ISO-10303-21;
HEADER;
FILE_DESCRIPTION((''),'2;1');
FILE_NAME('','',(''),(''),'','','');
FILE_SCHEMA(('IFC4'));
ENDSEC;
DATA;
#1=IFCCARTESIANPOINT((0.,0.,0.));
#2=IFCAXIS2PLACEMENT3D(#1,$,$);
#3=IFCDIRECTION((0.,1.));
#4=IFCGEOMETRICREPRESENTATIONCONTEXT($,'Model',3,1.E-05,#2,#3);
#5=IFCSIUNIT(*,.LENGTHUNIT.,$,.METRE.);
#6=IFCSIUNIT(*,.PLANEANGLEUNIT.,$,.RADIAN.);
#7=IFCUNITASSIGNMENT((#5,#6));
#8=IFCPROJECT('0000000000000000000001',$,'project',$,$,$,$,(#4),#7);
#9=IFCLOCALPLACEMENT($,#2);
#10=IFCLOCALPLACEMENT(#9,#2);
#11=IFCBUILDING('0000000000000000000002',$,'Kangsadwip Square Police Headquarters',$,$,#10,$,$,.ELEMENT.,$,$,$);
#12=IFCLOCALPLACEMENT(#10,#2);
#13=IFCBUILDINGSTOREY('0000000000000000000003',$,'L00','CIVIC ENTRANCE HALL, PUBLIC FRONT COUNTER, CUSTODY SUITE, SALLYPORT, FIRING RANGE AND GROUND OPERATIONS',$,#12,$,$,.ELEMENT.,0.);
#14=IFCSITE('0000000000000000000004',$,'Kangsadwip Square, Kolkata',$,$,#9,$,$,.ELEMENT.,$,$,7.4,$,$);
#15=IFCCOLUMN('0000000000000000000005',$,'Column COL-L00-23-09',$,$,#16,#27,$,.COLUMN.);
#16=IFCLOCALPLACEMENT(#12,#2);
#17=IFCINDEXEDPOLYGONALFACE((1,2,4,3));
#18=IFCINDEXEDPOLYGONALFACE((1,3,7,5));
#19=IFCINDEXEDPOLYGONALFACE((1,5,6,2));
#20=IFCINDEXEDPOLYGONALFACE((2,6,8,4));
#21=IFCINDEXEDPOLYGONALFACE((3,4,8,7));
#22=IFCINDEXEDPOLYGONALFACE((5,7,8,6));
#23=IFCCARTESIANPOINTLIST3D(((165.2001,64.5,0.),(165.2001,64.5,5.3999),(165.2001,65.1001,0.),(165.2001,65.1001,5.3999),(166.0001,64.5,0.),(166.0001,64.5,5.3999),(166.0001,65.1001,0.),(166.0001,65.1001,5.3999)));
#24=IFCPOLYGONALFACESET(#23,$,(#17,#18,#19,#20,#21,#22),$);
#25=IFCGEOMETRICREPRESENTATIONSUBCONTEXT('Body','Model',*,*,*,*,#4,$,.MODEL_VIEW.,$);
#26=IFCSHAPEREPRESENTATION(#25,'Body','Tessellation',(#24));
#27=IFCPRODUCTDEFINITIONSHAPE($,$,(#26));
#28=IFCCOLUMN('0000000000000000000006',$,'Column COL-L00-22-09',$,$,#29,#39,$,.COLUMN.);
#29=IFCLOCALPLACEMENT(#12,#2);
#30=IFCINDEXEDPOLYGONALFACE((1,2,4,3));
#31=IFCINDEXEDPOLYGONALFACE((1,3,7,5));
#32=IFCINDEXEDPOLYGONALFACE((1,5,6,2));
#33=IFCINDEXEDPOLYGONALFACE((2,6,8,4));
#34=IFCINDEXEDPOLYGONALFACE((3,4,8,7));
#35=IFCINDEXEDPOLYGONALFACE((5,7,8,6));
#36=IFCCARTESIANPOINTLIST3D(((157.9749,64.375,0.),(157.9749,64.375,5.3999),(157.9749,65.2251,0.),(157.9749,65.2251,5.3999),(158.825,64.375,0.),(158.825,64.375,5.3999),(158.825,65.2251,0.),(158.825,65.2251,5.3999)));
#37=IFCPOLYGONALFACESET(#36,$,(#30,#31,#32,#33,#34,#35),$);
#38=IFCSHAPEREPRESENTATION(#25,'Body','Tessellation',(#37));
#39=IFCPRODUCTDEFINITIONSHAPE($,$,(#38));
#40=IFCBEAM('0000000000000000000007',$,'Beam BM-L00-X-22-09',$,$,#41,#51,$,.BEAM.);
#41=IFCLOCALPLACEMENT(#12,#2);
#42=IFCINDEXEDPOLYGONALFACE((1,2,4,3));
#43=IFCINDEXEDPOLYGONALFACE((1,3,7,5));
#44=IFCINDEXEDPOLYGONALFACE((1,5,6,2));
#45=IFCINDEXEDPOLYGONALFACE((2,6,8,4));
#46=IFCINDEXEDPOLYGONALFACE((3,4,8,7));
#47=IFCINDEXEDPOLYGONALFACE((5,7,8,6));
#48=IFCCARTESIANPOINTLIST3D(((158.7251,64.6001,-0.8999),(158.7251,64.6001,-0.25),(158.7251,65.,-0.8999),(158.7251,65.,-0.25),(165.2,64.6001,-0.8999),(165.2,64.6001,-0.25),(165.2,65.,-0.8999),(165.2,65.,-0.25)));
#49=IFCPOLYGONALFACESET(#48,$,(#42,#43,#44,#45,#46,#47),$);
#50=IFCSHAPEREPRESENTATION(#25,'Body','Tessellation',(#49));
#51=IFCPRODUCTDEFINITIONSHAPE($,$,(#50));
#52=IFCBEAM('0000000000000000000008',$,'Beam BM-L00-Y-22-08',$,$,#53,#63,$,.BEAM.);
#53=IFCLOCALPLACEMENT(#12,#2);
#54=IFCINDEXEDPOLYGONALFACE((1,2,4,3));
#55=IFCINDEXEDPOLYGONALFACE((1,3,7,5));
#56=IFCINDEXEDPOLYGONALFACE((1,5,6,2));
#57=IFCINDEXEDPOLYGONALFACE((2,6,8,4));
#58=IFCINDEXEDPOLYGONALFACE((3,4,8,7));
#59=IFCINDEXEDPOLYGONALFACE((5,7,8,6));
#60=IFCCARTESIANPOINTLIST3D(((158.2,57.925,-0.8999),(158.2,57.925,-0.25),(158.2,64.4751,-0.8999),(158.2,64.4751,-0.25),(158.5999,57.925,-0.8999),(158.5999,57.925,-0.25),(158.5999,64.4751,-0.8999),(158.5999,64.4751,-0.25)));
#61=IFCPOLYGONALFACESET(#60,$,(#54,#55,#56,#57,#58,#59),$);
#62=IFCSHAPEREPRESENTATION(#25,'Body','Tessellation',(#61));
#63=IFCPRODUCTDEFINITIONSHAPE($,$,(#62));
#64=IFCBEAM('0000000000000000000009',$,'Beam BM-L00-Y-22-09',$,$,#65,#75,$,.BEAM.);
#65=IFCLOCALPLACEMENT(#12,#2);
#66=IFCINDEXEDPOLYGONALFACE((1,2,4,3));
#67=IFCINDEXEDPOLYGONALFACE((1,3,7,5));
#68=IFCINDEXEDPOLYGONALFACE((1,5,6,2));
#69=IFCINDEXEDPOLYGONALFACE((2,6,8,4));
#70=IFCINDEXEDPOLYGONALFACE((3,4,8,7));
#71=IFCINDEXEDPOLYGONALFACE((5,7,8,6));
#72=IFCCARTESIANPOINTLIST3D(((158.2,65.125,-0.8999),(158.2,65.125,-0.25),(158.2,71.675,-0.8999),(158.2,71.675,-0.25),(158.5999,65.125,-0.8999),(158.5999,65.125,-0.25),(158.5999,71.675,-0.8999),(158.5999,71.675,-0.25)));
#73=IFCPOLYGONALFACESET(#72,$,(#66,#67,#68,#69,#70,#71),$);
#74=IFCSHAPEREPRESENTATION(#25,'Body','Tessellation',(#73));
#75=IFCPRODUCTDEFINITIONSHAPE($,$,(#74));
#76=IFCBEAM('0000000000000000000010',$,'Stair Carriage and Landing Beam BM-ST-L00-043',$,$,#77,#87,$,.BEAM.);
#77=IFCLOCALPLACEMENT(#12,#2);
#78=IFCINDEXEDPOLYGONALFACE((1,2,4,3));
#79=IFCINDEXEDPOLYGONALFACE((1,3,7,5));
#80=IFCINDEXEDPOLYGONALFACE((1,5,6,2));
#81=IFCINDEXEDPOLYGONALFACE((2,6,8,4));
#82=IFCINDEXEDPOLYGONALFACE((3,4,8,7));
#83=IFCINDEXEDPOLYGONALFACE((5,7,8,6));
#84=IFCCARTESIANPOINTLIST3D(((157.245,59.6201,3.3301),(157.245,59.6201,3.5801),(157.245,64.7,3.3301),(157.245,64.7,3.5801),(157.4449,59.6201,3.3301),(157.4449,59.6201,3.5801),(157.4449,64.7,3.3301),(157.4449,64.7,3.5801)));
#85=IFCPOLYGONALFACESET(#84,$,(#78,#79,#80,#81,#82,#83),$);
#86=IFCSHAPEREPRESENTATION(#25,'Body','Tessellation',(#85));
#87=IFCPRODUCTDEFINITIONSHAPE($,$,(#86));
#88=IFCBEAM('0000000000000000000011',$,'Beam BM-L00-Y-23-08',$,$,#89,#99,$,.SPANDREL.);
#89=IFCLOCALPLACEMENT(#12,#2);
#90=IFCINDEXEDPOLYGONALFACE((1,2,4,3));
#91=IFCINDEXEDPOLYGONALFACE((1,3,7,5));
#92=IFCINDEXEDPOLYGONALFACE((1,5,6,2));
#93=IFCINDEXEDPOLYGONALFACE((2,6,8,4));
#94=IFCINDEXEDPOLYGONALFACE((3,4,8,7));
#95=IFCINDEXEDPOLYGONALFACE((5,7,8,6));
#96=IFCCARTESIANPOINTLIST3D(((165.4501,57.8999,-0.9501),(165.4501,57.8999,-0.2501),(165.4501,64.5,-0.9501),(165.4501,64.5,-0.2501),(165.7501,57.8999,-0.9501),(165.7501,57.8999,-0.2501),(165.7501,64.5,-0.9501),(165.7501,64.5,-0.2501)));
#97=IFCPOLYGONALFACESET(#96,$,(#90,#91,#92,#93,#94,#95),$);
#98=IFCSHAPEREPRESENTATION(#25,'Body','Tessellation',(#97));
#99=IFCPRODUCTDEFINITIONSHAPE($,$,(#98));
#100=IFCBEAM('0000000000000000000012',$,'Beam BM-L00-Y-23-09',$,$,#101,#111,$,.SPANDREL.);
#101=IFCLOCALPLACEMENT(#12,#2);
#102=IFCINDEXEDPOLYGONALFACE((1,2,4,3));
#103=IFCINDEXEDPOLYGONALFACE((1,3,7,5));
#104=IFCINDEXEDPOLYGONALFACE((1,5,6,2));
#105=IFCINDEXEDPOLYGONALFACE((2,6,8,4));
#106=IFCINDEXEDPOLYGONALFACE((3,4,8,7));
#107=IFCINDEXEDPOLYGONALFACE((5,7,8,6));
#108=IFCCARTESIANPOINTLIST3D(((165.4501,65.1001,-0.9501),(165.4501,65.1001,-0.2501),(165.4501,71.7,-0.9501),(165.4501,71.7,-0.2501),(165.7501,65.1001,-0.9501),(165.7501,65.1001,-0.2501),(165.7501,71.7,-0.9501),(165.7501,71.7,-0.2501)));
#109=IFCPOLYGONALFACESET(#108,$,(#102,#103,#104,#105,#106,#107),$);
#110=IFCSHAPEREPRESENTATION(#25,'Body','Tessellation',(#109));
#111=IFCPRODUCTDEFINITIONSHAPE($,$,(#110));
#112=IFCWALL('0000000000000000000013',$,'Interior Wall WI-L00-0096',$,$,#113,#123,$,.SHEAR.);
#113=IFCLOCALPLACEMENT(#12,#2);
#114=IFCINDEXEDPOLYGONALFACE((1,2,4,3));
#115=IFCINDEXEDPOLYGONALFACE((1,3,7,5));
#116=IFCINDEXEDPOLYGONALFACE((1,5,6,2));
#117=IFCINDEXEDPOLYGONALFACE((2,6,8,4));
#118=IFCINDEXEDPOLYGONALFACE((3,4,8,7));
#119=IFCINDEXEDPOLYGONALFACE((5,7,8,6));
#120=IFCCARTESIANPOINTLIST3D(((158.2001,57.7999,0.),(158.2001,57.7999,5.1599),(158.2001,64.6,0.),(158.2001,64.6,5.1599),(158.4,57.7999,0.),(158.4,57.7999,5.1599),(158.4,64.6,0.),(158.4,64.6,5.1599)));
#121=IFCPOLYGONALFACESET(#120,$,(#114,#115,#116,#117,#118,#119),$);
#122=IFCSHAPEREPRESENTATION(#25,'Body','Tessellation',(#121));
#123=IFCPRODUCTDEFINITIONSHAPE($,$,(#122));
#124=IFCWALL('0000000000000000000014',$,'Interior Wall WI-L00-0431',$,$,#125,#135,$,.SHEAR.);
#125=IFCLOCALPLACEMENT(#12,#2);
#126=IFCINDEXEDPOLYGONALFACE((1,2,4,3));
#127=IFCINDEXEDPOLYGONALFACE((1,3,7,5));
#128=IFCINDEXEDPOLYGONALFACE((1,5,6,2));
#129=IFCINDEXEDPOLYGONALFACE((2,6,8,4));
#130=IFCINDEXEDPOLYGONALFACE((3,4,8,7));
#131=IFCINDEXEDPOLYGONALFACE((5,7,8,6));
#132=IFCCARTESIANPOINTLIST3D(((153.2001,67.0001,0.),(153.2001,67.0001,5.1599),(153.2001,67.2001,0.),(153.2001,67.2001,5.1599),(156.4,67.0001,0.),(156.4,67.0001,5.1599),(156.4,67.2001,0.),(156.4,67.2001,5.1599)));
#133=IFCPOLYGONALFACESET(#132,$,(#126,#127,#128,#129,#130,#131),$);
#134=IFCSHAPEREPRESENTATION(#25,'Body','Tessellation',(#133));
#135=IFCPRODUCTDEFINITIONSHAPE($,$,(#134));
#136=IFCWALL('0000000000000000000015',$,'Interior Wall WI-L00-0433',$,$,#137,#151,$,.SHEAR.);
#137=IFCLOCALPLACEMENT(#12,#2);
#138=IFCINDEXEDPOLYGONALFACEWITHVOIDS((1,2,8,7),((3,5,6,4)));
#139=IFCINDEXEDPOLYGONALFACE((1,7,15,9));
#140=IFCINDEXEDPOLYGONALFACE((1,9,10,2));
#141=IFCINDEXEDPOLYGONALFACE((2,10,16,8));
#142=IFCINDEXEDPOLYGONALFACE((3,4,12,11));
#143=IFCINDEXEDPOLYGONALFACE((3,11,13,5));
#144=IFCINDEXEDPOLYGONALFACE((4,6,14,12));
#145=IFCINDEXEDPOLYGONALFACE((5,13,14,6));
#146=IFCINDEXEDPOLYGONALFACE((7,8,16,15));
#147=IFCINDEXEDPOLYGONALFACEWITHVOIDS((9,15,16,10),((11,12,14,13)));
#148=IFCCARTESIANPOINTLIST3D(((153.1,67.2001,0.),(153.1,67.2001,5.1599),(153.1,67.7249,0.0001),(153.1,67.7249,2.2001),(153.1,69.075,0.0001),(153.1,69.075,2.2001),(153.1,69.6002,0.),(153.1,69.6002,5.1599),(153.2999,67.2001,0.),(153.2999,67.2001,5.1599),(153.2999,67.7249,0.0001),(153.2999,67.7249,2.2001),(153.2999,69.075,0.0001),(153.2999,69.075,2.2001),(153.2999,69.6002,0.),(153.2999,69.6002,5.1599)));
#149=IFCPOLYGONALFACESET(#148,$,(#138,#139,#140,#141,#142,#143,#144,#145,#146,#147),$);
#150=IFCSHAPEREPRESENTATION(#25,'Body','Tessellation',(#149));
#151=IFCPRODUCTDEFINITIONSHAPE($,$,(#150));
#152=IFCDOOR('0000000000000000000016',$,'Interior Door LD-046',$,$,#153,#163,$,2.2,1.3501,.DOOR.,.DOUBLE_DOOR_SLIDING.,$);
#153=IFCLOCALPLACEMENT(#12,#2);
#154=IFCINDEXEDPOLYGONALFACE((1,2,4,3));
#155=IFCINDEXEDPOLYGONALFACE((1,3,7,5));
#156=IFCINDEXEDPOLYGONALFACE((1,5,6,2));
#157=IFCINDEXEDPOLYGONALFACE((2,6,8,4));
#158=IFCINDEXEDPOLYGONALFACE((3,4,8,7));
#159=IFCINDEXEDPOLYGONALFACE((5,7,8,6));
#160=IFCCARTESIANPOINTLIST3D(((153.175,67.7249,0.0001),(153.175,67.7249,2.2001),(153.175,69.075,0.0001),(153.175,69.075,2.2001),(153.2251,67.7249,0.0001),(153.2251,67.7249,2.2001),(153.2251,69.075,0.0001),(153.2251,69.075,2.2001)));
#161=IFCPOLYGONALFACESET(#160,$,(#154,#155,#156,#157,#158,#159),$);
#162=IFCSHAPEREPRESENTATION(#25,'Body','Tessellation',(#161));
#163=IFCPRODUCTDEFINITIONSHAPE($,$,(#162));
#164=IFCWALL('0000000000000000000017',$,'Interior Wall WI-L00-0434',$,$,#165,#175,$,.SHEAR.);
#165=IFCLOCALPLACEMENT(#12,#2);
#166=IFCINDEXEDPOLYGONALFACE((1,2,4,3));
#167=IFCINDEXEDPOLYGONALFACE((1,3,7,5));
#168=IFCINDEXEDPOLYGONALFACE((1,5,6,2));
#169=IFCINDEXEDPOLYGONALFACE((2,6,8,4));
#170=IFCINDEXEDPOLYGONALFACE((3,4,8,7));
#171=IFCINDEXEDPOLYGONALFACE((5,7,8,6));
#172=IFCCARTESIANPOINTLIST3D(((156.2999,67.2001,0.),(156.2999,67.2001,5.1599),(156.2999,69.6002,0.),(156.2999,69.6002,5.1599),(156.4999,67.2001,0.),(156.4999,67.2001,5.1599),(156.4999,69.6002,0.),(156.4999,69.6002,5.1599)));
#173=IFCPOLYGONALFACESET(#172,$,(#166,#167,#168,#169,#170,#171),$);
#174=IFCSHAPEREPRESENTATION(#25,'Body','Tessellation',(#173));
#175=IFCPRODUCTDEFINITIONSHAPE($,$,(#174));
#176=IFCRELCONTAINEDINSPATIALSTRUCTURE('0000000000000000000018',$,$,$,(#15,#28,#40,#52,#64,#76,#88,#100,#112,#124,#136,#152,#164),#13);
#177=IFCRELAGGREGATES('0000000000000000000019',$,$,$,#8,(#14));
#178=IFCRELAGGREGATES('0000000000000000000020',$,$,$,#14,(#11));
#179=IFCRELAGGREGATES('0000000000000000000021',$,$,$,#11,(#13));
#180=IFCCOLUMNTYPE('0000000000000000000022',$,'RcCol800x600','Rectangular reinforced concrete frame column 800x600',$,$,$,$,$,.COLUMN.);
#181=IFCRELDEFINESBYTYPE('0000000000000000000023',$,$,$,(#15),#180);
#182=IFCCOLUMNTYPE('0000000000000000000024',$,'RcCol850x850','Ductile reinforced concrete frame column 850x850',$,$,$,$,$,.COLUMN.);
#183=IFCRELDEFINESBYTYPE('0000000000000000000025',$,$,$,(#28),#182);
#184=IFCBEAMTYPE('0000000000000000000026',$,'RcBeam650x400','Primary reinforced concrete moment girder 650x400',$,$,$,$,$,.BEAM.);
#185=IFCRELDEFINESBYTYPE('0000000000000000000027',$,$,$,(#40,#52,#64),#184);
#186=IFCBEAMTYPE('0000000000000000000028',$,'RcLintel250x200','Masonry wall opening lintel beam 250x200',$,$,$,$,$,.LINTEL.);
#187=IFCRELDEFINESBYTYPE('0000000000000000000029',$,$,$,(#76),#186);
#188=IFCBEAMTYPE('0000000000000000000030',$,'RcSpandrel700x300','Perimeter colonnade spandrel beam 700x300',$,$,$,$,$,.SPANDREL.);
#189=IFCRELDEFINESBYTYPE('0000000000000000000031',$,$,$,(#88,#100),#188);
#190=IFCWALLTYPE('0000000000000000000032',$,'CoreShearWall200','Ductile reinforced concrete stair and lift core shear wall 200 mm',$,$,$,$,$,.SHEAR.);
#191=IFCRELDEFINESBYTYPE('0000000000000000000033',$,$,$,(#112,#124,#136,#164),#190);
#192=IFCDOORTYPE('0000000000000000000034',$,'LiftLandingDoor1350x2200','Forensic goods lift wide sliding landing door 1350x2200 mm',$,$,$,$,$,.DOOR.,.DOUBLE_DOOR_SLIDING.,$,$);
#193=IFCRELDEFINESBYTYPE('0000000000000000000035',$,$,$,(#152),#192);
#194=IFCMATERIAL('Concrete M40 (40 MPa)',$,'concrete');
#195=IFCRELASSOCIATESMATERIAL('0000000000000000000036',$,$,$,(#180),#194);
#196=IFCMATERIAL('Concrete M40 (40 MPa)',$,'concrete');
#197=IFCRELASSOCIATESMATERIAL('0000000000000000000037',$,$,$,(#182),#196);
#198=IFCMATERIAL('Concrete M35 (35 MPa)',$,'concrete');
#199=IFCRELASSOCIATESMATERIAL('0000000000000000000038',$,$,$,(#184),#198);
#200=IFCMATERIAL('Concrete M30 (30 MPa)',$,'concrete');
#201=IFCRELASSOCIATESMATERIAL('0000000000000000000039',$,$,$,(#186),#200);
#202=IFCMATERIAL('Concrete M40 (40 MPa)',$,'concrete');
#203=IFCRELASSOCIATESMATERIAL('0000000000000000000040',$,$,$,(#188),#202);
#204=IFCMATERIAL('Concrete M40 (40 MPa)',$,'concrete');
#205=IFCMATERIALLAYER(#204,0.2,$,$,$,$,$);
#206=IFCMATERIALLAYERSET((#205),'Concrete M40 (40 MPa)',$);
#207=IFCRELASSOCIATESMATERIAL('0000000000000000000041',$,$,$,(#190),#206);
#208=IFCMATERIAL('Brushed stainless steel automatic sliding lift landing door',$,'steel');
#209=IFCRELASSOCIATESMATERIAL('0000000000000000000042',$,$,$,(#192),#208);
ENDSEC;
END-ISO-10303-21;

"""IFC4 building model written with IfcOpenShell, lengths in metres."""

from ifc_helpers import new_model, si_unit, direction, frame, frame_2d, origin, origin_2d, place, context, subcontext, project, spatial, rectangle, extrude, material, layer, layer_set, material_profile, profile_set, type_object, element, fill, save


model = new_model("IFC4")

# Units and contexts
model_context = context("Model", 3, precision=1e-05, world=origin(), true_north=direction((0.0, 1.0)))
body_context = subcontext(model_context, "Body", "Model", "MODEL_VIEW")
ifc_project = project(units=[si_unit("LENGTHUNIT", "METRE"), si_unit("PLANEANGLEUNIT", "RADIAN")], contexts=[model_context])

# Site, building, storey
site_placement = place(None, origin())
site = spatial("IfcSite", under=ifc_project, at=site_placement, Name="Kangsadwip Square, Kolkata", CompositionType="ELEMENT", RefElevation=7.4)
building_placement = place(site_placement, origin())
building = spatial("IfcBuilding", under=site, at=building_placement, Name="Kangsadwip Square Police Headquarters", CompositionType="ELEMENT")
storey_placement = place(building_placement, origin())
storey = spatial("IfcBuildingStorey", under=building, at=storey_placement, Name="L00", Description="CIVIC ENTRANCE HALL, PUBLIC FRONT COUNTER, CUSTODY SUITE, SALLYPORT, FIRING RANGE AND GROUND OPERATIONS", CompositionType="ELEMENT", Elevation=0.0)

# Columns
ifc_material_1 = material(Name="Concrete M40 (40 MPa)", Category="concrete")
ifc_material_profile_1 = material_profile(ifc_material_1, rectangle(XDim=0.6001, YDim=0.8, at=origin_2d()), Name="RC COL 800X600")
ifc_profile_set_1 = profile_set([ifc_material_profile_1], Name="Concrete M40 (40 MPa)")
column_type_1 = type_object("IfcColumnType", Name="RcCol800x600", Description="Rectangular reinforced concrete frame column 800x600", PredefinedType="COLUMN", material=ifc_profile_set_1)
column_1_placement = place(storey_placement, frame((165.6001, 64.8, 0.0), z_axis=(0.0, 0.0, 1.0), x_axis=(0.0, 1.0, 0.0)))
element("IfcColumn", 1, at=column_1_placement, inside=storey, type_object=column_type_1, Name="Column COL-L00-23-09", PredefinedType="COLUMN", context=body_context, shape_type="SweptSolid", body=[
    extrude(rectangle(XDim=0.6001, YDim=0.8, at=origin_2d()), origin(), (0.0, 0.0, 1.0), 5.3999),
])
ifc_material_2 = material(Name="Concrete M40 (40 MPa)", Category="concrete")
ifc_material_profile_2 = material_profile(ifc_material_2, rectangle(XDim=0.8501, YDim=0.8501, at=origin_2d()), Name="RC COL 850X850")
ifc_profile_set_2 = profile_set([ifc_material_profile_2], Name="Concrete M40 (40 MPa)")
column_type_2 = type_object("IfcColumnType", Name="RcCol850x850", Description="Ductile reinforced concrete frame column 850x850", PredefinedType="COLUMN", material=ifc_profile_set_2)
column_2_placement = place(storey_placement, frame((158.3999, 64.8, 0.0), z_axis=(0.0, 0.0, 1.0), x_axis=(1.0, 0.0, 0.0)))
element("IfcColumn", 2, at=column_2_placement, inside=storey, type_object=column_type_2, Name="Column COL-L00-22-09", PredefinedType="COLUMN", context=body_context, shape_type="SweptSolid", body=[
    extrude(rectangle(XDim=0.8501, YDim=0.8501, at=origin_2d()), origin(), (0.0, 0.0, 1.0), 5.3999),
])

# Beams
ifc_material_3 = material(Name="Concrete M35 (35 MPa)", Category="concrete")
ifc_material_profile_3 = material_profile(ifc_material_3, rectangle(XDim=0.3999, YDim=0.6499, at=origin_2d()), Name="RC BM 650X400")
ifc_profile_set_3 = profile_set([ifc_material_profile_3], Name="Concrete M35 (35 MPa)")
beam_type_1 = type_object("IfcBeamType", Name="RcBeam650x400", Description="Primary reinforced concrete moment girder 650x400", PredefinedType="BEAM", material=ifc_profile_set_3)
beam_1_placement = place(storey_placement, frame((158.7251, 64.8, -0.575), z_axis=(1.0, 0.0, 0.0), x_axis=(0.0, 1.0, 0.0)))
element("IfcBeam", 3, at=beam_1_placement, inside=storey, type_object=beam_type_1, Name="Beam BM-L00-X-22-09", PredefinedType="BEAM", context=body_context, shape_type="SweptSolid", body=[
    extrude(rectangle(XDim=0.3999, YDim=0.6499, at=origin_2d()), origin(), (0.0, 0.0, 1.0), 6.4749),
])
for number, where, z_axis, x_axis, name in (
    (4, (158.3999, 57.925, -0.575), (0.0, 1.0, 0.0), (-1.0, 0.0, 0.0), "Beam BM-L00-Y-22-08"),
    (5, (158.3999, 65.125, -0.575), (0.0, 1.0, 0.0), (-1.0, 0.0, 0.0), "Beam BM-L00-Y-22-09"),
):
    element("IfcBeam", number, at=place(storey_placement, frame(where, z_axis=z_axis, x_axis=x_axis)), inside=storey, type_object=beam_type_1, Name=name, PredefinedType="BEAM", context=body_context, shape_type="SweptSolid", body=[
        extrude(rectangle(XDim=0.3999, YDim=0.6499, at=origin_2d()), origin(), (0.0, 0.0, 1.0), 6.55),
    ])
ifc_material_4 = material(Name="Concrete M30 (30 MPa)", Category="concrete")
ifc_material_profile_4 = material_profile(ifc_material_4, rectangle(XDim=0.2, YDim=0.25, at=origin_2d()), Name="RC LNT 250X200")
ifc_profile_set_4 = profile_set([ifc_material_profile_4], Name="Concrete M30 (30 MPa)")
beam_type_2 = type_object("IfcBeamType", Name="RcLintel250x200", Description="Masonry wall opening lintel beam 250x200", PredefinedType="LINTEL", material=ifc_profile_set_4)
beam_2_placement = place(storey_placement, frame((157.345, 59.6201, 3.4551), z_axis=(0.0, 1.0, 0.0), x_axis=(-1.0, 0.0, 0.0)))
element("IfcBeam", 6, at=beam_2_placement, inside=storey, type_object=beam_type_2, Name="Stair Carriage and Landing Beam BM-ST-L00-043", PredefinedType="BEAM", context=body_context, shape_type="SweptSolid", body=[
    extrude(rectangle(XDim=0.2, YDim=0.25, at=origin_2d()), origin(), (0.0, 0.0, 1.0), 5.0798),
])
ifc_material_5 = material(Name="Concrete M40 (40 MPa)", Category="concrete")
ifc_material_profile_5 = material_profile(ifc_material_5, rectangle(XDim=0.3, YDim=0.7, at=origin_2d()), Name="RC SPN 700X300")
ifc_profile_set_5 = profile_set([ifc_material_profile_5], Name="Concrete M40 (40 MPa)")
beam_type_3 = type_object("IfcBeamType", Name="RcSpandrel700x300", Description="Perimeter colonnade spandrel beam 700x300", PredefinedType="SPANDREL", material=ifc_profile_set_5)
beam_3_placement = place(storey_placement, frame((165.6001, 57.8999, -0.6001), z_axis=(0.0, 1.0, 0.0), x_axis=(-1.0, 0.0, 0.0)))
element("IfcBeam", 7, at=beam_3_placement, inside=storey, type_object=beam_type_3, Name="Beam BM-L00-Y-23-08", PredefinedType="SPANDREL", context=body_context, shape_type="SweptSolid", body=[
    extrude(rectangle(XDim=0.3, YDim=0.7, at=origin_2d()), origin(), (0.0, 0.0, 1.0), 6.6001),
])
beam_4_placement = place(storey_placement, frame((165.6001, 65.1001, -0.6001), z_axis=(0.0, 1.0, 0.0), x_axis=(-1.0, 0.0, 0.0)))
element("IfcBeam", 8, at=beam_4_placement, inside=storey, type_object=beam_type_3, Name="Beam BM-L00-Y-23-09", PredefinedType="SPANDREL", context=body_context, shape_type="SweptSolid", body=[
    extrude(rectangle(XDim=0.3, YDim=0.7, at=origin_2d()), origin(), (0.0, 0.0, 1.0), 6.5999),
])

# Walls
ifc_material_6 = material(Name="Concrete M40 (40 MPa)", Category="concrete")
ifc_layer_1 = layer(ifc_material_6, 0.2)
ifc_layer_set_1 = layer_set([ifc_layer_1], Name="Concrete M40 (40 MPa)")
wall_type_1 = type_object("IfcWallType", Name="CoreShearWall200", Description="Ductile reinforced concrete stair and lift core shear wall 200 mm", PredefinedType="SHEAR", material=ifc_layer_set_1)
wall_1_placement = place(storey_placement, frame((158.3, 57.8, 0.0), z_axis=(0.0, 0.0, 1.0), x_axis=(0.0, 1.0, 0.0)))
element("IfcWall", 9, at=wall_1_placement, inside=storey, type_object=wall_type_1, Name="Interior Wall WI-L00-0096", PredefinedType="SHEAR", context=body_context, shape_type="SweptSolid", body=[
    extrude(rectangle(XDim=6.8, YDim=0.2, at=frame_2d((3.3999, 0.0))), origin(), (0.0, 0.0, 1.0), 5.1599),
])
wall_2_placement = place(storey_placement, frame((153.2, 67.1001, 0.0), z_axis=(0.0, 0.0, 1.0), x_axis=(1.0, 0.0, 0.0)))
element("IfcWall", 10, at=wall_2_placement, inside=storey, type_object=wall_type_1, Name="Interior Wall WI-L00-0431", PredefinedType="SHEAR", context=body_context, shape_type="SweptSolid", body=[
    extrude(rectangle(XDim=3.2, YDim=0.2, at=frame_2d((1.6001, 0.0))), origin(), (0.0, 0.0, 1.0), 5.1599),
])

# Wall, opening, door
wall_3_placement = place(storey_placement, frame((153.2, 67.2, 0.0), z_axis=(0.0, 0.0, 1.0), x_axis=(0.0, 1.0, 0.0)))
wall_3 = element("IfcWall", 11, at=wall_3_placement, inside=storey, type_object=wall_type_1, Name="Interior Wall WI-L00-0433", PredefinedType="SHEAR", context=body_context, shape_type="SweptSolid", body=[
    extrude(rectangle(XDim=2.4001, YDim=0.2, at=frame_2d((1.2002, 0.0))), origin(), (0.0, 0.0, 1.0), 5.1599),
])
opening_1_placement = place(wall_3_placement, frame((0.5249, 0.0, 0.0)))
opening_1 = element("IfcOpeningElement", 12, at=opening_1_placement, cuts=wall_3, PredefinedType="OPENING", context=body_context, shape_type="SweptSolid", body=[
    extrude(rectangle(XDim=1.3501, YDim=2.2, at=frame_2d((0.675, 1.1001))), frame((0.0, 0.1099, 0.0), z_axis=(0.0, -1.0, 0.0), x_axis=(1.0, 0.0, 0.0)), (0.0, 0.0, 1.0), 0.22),
])
ifc_material_7 = material(Name="Brushed stainless steel automatic sliding lift landing door", Category="steel")
door_type_1 = type_object("IfcDoorType", Name="LiftLandingDoor1350x2200", Description="Forensic goods lift wide sliding landing door 1350x2200 mm", OperationType="DOUBLE_DOOR_SLIDING", PredefinedType="DOOR", material=ifc_material_7)
door_1_placement = place(opening_1_placement, origin())
door_1 = element("IfcDoor", 13, at=door_1_placement, inside=storey, type_object=door_type_1, Name="Interior Door LD-046", OperationType="DOUBLE_DOOR_SLIDING", OverallHeight=2.2, OverallWidth=1.3501, PredefinedType="DOOR", context=body_context, shape_type="SweptSolid", body=[
    extrude(rectangle(XDim=1.3501, YDim=2.2, at=frame_2d((0.675, 1.1001))), frame((0.0, 0.0249, 0.0), z_axis=(0.0, -1.0, 0.0), x_axis=(1.0, 0.0, 0.0)), (0.0, 0.0, 1.0), 0.05),
])
fill(opening_1, door_1)

# Wall
wall_4_placement = place(storey_placement, frame((156.3999, 67.2, 0.0), z_axis=(0.0, 0.0, 1.0), x_axis=(0.0, 1.0, 0.0)))
element("IfcWall", 14, at=wall_4_placement, inside=storey, type_object=wall_type_1, Name="Interior Wall WI-L00-0434", PredefinedType="SHEAR", context=body_context, shape_type="SweptSolid", body=[
    extrude(rectangle(XDim=2.4001, YDim=0.2, at=frame_2d((1.2002, 0.0))), origin(), (0.0, 0.0, 1.0), 5.1599),
])

save(model, "model.ifc")
